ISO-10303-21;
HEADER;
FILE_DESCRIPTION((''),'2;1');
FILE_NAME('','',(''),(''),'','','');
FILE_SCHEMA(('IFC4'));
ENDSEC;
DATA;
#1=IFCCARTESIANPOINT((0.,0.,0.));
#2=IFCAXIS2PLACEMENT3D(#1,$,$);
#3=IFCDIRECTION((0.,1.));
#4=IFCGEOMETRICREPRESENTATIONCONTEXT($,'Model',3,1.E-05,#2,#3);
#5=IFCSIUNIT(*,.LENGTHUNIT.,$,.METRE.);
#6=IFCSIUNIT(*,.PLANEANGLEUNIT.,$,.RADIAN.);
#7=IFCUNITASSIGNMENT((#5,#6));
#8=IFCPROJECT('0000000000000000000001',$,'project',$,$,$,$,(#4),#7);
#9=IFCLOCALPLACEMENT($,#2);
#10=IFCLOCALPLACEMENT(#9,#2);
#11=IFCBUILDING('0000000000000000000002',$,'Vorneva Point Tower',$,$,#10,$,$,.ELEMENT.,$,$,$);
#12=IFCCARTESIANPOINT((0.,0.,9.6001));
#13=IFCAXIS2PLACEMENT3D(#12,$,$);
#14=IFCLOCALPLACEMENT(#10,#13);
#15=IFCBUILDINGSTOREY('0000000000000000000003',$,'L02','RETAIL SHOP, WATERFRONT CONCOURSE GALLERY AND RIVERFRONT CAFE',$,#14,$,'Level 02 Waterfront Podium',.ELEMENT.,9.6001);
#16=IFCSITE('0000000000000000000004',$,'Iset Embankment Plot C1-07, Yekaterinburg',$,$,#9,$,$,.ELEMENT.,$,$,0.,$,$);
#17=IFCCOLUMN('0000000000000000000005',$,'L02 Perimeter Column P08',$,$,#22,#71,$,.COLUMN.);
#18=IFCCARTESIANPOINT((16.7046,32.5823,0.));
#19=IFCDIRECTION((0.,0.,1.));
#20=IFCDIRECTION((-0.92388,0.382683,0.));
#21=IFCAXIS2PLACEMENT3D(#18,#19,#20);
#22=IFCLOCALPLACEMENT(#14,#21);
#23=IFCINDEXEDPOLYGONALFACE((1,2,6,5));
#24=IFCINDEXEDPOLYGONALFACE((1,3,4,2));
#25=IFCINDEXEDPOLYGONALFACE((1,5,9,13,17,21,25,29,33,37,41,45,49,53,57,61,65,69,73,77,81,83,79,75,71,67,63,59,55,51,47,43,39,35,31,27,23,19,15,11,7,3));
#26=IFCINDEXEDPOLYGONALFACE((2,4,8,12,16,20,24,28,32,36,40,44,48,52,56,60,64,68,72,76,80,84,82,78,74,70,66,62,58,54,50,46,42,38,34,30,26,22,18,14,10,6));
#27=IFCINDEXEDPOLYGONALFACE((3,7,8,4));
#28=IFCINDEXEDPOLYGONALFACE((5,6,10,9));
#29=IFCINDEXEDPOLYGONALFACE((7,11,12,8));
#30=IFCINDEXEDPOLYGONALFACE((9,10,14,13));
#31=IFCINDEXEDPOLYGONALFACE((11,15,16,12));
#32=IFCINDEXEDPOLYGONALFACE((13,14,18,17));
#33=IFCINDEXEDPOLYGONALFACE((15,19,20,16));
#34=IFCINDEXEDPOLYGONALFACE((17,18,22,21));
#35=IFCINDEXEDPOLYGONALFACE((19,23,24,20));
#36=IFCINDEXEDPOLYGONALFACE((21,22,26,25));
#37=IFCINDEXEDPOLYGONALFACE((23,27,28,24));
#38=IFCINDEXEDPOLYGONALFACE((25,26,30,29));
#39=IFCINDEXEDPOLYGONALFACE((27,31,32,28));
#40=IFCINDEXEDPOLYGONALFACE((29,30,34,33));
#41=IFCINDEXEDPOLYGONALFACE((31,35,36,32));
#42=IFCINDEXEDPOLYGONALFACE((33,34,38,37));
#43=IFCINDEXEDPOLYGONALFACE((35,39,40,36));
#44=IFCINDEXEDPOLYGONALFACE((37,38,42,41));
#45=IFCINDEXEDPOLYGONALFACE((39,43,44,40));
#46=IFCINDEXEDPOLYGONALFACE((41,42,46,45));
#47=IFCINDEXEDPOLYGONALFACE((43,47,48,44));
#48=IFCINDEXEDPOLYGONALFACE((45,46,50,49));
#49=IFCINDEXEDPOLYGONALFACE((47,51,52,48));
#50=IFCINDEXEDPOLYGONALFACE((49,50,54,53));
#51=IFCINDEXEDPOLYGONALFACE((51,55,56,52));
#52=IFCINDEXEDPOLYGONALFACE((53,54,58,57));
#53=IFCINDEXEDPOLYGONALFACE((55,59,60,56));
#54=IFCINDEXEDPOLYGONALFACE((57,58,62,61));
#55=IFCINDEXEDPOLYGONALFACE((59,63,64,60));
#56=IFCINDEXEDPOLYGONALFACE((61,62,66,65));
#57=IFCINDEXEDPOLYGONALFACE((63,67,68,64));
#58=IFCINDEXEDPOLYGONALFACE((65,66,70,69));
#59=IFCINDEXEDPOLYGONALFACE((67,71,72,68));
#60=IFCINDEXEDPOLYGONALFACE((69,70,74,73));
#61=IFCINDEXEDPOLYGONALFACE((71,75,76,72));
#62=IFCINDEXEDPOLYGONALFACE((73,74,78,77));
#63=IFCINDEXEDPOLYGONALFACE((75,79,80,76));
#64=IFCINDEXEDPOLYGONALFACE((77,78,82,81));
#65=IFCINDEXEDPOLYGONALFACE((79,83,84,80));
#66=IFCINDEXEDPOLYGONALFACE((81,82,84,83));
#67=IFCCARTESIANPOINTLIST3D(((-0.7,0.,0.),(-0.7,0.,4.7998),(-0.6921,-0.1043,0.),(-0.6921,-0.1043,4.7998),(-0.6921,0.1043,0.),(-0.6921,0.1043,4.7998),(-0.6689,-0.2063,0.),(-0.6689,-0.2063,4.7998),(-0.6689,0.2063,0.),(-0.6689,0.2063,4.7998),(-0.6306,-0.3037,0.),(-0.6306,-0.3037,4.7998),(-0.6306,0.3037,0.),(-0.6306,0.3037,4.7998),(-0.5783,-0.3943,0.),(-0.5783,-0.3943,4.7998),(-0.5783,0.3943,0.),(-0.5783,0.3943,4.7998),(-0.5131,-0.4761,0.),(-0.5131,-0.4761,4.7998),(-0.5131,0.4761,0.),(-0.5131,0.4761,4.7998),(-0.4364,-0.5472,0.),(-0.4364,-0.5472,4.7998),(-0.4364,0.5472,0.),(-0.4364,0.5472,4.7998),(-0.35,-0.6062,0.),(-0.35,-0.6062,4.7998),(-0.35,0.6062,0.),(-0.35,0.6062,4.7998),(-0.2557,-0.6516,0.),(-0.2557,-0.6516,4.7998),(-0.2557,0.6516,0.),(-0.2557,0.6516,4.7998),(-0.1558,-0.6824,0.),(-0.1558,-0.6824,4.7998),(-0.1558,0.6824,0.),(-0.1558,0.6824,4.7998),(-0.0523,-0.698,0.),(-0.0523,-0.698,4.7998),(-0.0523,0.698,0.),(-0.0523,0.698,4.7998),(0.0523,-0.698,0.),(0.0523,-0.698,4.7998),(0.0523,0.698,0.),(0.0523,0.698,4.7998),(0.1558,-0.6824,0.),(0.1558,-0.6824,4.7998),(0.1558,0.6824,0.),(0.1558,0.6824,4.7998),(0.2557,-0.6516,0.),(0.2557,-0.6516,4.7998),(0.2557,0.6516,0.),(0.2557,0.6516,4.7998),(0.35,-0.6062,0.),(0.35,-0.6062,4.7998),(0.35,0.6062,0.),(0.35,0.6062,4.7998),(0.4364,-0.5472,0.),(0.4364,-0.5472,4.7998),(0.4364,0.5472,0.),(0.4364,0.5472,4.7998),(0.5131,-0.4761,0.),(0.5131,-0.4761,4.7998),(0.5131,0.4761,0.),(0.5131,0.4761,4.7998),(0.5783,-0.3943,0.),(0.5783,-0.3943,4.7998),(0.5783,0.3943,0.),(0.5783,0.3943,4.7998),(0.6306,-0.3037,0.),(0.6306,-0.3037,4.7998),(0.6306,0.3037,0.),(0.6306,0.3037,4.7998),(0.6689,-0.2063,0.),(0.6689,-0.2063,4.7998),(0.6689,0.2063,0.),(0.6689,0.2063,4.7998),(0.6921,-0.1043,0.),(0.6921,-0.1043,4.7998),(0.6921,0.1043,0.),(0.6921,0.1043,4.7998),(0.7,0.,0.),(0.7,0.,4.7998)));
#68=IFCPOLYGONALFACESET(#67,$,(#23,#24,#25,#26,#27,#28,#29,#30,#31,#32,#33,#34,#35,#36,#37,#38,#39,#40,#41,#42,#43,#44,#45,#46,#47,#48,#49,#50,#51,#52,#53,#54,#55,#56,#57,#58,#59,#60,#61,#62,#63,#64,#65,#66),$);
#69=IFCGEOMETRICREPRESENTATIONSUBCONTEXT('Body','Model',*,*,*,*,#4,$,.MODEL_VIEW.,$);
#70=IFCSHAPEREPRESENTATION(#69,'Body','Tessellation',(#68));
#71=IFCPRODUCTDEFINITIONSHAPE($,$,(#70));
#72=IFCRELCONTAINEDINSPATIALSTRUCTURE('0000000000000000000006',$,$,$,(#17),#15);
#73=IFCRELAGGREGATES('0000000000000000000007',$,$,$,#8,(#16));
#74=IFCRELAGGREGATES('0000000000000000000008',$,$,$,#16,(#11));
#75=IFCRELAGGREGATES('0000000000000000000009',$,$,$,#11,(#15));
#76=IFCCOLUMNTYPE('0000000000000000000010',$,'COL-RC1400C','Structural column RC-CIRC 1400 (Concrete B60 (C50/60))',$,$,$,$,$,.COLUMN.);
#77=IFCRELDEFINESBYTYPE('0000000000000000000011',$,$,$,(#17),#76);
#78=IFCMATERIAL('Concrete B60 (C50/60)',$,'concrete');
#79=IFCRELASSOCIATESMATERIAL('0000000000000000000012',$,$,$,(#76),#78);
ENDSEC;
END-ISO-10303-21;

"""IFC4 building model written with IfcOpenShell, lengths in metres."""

from ifc_helpers import new_model, si_unit, direction, frame, origin, origin_2d, place, context, subcontext, project, spatial, circle, extrude, material, material_profile, profile_set, type_object, element, save


model = new_model("IFC4")

# Units and contexts
model_context = context("Model", 3, precision=1e-05, world=origin(), true_north=direction((0.0, 1.0)))
body_context = subcontext(model_context, "Body", "Model", "MODEL_VIEW")
ifc_project = project(units=[si_unit("LENGTHUNIT", "METRE"), si_unit("PLANEANGLEUNIT", "RADIAN")], contexts=[model_context])

# Site, building, storey
site_placement = place(None, origin())
site = spatial("IfcSite", under=ifc_project, at=site_placement, Name="Iset Embankment Plot C1-07, Yekaterinburg", CompositionType="ELEMENT", RefElevation=0.0)
building_placement = place(site_placement, origin())
building = spatial("IfcBuilding", under=site, at=building_placement, Name="Vorneva Point Tower", CompositionType="ELEMENT")
storey_placement = place(building_placement, frame((0.0, 0.0, 9.6001)))
storey = spatial("IfcBuildingStorey", under=building, at=storey_placement, Name="L02", Description="RETAIL SHOP, WATERFRONT CONCOURSE GALLERY AND RIVERFRONT CAFE", LongName="Level 02 Waterfront Podium", CompositionType="ELEMENT", Elevation=9.6001)

# Column
ifc_material_1 = material(Name="Concrete B60 (C50/60)", Category="concrete")
ifc_material_profile_1 = material_profile(ifc_material_1, circle(Radius=0.7, at=origin_2d()), Name="RC-CIRC 1400")
ifc_profile_set_1 = profile_set([ifc_material_profile_1], Name="Concrete B60 (C50/60)")
column_type = type_object("IfcColumnType", Name="COL-RC1400C", Description="Structural column RC-CIRC 1400 (Concrete B60 (C50/60))", PredefinedType="COLUMN", material=ifc_profile_set_1)
for number, where, z_axis, x_axis, name in (
    (1, (16.7046, 32.5823, 0.0), (0.0, 0.0, 1.0), (-0.92388, 0.382683, 0.0), "L02 Perimeter Column P08"),
):
    element("IfcColumn", number, at=place(storey_placement, frame(where, z_axis=z_axis, x_axis=x_axis)), inside=storey, type_object=column_type, Name=name, PredefinedType="COLUMN", context=body_context, shape_type="SweptSolid", body=[
        extrude(circle(Radius=0.7, at=origin_2d()), origin(), (0.0, 0.0, 1.0), 4.7998),
    ])

save(model, "model.ifc")
